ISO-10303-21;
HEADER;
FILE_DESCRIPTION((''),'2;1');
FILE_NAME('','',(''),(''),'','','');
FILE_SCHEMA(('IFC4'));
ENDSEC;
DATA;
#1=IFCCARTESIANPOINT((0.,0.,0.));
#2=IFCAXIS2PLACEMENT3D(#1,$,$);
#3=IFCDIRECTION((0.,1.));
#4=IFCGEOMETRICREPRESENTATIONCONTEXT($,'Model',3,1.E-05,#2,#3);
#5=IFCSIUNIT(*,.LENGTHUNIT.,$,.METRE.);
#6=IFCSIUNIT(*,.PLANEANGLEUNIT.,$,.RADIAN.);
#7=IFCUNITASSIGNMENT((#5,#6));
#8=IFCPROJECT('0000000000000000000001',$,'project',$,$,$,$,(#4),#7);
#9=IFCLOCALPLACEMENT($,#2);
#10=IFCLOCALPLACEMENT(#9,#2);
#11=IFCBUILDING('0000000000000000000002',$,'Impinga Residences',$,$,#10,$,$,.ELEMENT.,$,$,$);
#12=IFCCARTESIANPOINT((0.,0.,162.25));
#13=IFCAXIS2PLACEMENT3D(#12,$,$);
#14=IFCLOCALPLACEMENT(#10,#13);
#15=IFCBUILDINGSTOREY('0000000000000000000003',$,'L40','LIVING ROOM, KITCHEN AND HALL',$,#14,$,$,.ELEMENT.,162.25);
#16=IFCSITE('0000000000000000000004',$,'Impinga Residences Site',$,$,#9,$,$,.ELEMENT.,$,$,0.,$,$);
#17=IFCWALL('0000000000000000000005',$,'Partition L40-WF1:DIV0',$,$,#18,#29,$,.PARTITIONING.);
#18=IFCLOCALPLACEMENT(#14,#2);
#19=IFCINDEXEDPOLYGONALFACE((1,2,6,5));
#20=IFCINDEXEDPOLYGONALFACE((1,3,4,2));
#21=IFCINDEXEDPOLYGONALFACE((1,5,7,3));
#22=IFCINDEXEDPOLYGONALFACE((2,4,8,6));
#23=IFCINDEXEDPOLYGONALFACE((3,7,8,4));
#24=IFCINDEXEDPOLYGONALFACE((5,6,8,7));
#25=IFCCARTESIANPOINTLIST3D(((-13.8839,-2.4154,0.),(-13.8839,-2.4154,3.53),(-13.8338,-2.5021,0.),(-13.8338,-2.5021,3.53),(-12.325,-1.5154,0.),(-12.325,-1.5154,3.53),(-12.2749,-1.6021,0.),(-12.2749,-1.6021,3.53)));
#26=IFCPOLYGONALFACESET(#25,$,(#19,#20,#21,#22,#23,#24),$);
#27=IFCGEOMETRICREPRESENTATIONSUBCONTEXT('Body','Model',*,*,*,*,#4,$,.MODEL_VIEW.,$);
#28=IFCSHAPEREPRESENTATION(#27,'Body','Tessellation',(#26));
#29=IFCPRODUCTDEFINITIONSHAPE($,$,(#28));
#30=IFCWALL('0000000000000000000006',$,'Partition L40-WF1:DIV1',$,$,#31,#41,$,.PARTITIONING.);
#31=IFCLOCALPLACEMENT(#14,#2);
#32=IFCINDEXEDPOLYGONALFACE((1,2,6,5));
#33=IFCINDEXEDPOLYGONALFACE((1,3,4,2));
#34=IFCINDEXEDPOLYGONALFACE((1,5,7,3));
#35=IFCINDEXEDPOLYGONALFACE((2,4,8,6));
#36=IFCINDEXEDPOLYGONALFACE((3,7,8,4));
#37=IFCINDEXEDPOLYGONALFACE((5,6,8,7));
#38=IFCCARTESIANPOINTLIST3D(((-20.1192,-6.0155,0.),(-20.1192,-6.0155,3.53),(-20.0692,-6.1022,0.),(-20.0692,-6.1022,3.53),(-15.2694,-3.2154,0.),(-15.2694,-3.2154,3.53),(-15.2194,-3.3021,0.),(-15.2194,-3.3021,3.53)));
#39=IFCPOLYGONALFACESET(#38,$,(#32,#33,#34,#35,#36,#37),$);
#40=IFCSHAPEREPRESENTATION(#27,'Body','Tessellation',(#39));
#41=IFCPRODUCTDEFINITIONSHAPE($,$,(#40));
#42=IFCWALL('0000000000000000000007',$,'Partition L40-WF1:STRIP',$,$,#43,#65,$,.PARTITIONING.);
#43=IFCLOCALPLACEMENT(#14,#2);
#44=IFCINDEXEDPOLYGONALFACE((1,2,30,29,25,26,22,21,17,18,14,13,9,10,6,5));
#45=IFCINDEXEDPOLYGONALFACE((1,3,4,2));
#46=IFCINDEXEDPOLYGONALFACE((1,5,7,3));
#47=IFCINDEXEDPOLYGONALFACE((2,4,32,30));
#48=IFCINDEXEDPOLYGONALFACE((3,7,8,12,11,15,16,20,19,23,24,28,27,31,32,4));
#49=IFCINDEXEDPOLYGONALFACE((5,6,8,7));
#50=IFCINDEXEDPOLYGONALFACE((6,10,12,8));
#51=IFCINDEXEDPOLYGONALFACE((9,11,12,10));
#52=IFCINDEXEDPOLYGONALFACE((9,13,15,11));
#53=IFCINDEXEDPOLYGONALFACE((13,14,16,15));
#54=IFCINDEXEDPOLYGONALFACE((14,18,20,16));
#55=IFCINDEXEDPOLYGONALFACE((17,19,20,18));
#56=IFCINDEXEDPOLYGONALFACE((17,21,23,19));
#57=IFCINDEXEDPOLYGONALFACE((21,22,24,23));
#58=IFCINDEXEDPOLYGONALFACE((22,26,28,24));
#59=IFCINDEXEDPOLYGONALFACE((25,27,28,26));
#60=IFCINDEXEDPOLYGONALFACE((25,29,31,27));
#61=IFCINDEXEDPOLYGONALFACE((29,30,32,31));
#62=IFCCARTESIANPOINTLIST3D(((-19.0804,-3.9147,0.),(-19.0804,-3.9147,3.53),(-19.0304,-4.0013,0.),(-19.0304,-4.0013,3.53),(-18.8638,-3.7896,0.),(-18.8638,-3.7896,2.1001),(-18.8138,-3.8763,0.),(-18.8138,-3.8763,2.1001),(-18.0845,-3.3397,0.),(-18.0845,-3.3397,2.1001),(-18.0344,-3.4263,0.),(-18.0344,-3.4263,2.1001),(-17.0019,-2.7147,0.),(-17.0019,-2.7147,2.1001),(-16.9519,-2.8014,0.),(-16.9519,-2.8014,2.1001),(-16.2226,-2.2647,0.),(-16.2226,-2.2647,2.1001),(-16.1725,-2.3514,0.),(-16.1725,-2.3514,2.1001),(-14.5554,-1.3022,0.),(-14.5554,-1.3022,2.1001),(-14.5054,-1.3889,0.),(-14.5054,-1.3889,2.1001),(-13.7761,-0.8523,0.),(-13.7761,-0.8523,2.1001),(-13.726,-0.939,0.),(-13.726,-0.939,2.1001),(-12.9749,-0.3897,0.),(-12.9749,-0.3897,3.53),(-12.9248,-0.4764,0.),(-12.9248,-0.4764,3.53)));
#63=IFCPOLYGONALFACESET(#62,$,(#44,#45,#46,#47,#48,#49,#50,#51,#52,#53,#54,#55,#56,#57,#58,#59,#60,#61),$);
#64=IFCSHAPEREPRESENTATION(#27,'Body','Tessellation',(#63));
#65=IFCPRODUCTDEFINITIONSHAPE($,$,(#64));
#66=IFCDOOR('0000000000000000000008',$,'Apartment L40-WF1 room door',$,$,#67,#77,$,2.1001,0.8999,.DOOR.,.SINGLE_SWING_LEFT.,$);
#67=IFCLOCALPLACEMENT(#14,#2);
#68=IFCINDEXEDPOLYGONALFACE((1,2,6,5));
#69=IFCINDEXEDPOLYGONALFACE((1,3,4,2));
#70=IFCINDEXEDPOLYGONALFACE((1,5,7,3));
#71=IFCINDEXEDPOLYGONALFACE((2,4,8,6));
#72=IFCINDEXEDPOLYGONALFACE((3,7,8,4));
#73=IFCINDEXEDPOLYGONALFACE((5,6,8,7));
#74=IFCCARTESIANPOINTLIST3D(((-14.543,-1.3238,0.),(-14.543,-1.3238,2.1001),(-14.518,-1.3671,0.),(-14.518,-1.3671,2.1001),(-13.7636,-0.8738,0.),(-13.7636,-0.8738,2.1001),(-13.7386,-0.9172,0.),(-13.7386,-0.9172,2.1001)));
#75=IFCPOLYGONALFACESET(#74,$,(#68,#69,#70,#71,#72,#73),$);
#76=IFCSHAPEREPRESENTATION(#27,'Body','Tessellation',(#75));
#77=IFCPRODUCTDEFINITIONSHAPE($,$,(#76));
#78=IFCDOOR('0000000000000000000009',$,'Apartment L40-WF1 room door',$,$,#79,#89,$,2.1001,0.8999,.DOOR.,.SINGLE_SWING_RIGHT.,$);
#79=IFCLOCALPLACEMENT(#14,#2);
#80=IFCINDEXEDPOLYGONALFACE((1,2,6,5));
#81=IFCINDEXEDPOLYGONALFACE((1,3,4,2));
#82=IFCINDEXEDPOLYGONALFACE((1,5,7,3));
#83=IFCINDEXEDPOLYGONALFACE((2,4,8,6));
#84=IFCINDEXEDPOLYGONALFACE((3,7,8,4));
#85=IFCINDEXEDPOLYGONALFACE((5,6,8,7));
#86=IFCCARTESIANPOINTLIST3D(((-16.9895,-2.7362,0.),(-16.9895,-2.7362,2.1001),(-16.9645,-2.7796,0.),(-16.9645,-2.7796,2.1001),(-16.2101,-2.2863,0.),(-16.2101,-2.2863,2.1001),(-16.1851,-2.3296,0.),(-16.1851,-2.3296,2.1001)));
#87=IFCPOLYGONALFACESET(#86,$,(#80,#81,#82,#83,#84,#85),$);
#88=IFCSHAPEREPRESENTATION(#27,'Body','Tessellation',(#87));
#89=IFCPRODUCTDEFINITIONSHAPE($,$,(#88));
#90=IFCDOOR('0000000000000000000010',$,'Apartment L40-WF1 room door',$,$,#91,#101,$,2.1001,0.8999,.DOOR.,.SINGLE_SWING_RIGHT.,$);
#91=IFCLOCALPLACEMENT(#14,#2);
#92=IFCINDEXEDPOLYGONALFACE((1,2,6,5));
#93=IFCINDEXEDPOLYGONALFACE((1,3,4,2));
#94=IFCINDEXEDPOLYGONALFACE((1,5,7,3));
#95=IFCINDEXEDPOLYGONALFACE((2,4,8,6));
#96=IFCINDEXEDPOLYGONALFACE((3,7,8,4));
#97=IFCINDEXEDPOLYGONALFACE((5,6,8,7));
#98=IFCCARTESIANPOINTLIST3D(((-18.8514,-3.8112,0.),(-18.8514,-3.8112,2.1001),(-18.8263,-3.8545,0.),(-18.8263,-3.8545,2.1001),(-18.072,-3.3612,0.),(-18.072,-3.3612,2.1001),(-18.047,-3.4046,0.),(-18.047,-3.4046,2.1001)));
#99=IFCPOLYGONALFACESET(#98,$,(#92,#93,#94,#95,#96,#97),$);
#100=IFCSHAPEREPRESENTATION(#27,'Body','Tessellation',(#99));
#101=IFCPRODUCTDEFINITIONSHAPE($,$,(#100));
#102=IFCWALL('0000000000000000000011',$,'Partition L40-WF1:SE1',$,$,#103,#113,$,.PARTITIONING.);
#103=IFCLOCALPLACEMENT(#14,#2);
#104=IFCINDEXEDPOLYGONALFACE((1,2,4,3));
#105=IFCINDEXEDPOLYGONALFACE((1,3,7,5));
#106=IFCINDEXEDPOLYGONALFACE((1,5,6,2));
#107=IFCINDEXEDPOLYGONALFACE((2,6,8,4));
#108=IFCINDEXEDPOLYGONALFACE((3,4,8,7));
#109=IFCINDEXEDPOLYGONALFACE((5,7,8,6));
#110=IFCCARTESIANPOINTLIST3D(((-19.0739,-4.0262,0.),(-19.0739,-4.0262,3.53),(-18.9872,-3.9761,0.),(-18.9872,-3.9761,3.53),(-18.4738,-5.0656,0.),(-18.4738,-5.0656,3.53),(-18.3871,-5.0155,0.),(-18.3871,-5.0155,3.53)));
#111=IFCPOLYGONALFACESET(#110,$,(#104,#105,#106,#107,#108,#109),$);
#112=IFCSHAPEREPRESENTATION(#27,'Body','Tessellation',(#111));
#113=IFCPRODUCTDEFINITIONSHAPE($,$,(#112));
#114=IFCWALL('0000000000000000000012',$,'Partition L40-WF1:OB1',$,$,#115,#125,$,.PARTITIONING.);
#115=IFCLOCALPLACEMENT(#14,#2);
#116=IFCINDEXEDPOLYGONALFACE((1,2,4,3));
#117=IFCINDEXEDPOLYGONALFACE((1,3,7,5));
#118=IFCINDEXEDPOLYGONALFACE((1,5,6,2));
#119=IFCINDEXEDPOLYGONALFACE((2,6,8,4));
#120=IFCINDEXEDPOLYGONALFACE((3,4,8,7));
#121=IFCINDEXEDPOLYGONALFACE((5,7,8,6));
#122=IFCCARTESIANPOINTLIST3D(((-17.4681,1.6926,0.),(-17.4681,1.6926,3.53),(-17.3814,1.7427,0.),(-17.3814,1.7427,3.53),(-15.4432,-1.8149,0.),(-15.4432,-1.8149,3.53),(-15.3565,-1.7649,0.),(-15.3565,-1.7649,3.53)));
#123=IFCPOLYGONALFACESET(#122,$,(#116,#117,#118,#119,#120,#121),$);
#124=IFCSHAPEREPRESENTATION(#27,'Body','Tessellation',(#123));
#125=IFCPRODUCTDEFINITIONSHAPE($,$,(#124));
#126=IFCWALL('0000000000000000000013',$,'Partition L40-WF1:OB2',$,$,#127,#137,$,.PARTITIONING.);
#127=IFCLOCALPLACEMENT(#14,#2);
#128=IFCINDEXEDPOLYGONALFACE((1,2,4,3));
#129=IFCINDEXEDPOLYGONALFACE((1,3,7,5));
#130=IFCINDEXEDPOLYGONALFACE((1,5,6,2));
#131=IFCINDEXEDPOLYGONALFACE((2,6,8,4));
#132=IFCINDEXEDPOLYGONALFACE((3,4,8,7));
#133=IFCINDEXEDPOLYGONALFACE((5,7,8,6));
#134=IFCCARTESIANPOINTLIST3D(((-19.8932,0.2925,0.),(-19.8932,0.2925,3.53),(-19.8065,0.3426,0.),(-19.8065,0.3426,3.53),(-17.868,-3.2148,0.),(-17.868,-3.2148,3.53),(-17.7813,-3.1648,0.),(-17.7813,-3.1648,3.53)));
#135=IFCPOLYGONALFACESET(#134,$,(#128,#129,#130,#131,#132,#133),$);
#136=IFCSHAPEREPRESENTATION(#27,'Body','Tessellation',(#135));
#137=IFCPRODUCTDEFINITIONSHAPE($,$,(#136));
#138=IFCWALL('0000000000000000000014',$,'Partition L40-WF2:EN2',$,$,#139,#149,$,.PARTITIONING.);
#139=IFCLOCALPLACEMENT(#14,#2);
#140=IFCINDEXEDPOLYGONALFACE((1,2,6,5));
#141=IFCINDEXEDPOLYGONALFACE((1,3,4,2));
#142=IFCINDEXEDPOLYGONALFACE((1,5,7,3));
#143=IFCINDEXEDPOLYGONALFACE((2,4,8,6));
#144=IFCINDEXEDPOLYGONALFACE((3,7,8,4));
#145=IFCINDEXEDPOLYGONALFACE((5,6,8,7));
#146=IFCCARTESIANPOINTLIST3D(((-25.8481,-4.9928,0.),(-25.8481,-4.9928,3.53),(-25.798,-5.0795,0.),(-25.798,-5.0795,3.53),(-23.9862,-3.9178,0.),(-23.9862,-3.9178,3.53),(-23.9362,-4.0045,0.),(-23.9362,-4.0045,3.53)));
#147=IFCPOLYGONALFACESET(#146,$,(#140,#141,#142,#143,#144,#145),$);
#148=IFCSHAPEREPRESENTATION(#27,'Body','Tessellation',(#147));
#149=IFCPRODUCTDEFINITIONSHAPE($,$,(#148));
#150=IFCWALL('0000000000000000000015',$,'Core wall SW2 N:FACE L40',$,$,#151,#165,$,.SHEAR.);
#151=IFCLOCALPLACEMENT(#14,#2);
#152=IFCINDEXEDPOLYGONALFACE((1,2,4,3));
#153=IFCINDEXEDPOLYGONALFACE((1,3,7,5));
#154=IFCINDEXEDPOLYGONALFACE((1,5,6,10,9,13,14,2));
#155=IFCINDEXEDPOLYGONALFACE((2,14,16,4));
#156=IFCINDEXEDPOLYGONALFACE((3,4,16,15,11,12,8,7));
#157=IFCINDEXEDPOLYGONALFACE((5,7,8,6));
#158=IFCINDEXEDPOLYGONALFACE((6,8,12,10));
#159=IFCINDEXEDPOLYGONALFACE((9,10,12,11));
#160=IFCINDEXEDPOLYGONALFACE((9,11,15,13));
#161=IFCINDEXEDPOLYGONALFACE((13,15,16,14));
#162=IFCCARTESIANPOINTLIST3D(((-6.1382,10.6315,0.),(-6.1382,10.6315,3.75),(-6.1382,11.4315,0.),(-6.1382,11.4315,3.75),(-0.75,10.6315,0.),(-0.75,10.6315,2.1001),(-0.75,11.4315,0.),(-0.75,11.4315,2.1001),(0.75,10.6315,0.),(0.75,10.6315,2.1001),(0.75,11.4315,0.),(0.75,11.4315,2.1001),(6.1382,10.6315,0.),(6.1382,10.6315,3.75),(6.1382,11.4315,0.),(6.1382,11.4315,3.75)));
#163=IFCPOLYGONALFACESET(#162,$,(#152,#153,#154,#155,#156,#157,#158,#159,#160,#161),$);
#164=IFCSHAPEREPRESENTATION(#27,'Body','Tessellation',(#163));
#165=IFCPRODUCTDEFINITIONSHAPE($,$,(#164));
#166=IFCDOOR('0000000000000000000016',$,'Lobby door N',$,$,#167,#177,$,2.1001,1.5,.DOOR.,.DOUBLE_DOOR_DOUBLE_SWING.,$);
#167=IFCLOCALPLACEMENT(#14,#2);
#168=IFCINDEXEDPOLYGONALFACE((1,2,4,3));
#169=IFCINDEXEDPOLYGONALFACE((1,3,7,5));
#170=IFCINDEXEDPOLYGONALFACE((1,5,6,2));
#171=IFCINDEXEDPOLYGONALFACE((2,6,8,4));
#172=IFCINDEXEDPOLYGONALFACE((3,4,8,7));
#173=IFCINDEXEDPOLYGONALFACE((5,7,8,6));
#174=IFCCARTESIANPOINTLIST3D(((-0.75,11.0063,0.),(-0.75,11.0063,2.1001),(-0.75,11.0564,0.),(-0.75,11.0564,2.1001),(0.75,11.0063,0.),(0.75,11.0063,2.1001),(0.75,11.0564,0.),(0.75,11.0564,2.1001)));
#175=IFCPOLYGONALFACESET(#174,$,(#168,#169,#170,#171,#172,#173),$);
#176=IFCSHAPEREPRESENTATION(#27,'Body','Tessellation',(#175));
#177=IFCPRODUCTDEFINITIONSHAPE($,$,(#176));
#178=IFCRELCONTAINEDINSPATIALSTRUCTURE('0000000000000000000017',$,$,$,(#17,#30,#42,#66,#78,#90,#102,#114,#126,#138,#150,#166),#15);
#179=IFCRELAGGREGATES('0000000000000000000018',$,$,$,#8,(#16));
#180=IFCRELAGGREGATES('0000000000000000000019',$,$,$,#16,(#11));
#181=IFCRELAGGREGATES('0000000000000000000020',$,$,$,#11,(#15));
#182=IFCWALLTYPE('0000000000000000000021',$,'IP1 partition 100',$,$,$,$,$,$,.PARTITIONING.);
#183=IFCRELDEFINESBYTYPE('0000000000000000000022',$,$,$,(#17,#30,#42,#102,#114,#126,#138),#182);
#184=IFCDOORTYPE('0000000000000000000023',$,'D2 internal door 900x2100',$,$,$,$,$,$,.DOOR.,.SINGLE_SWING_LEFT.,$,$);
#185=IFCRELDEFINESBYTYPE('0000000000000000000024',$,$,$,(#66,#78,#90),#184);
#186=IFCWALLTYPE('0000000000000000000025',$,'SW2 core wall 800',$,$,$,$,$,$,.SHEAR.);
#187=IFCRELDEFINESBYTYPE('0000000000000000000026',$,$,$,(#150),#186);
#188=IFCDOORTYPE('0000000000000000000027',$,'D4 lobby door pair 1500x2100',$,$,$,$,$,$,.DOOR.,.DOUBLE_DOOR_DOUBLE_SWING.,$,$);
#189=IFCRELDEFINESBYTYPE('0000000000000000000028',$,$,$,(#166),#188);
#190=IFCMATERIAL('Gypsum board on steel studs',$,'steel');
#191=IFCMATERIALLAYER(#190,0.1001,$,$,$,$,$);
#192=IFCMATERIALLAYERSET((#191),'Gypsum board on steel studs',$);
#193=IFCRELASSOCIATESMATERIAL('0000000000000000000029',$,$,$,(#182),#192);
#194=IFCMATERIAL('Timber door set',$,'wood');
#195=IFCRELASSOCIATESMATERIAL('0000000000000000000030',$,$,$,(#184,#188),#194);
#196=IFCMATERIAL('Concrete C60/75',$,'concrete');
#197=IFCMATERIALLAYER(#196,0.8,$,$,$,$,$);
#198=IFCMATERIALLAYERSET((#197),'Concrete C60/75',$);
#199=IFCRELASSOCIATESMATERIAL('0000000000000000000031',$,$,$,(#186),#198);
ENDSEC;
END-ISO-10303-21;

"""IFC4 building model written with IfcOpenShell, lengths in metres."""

from ifc_helpers import new_model, si_unit, direction, frame, frame_2d, origin, place, context, subcontext, project, spatial, rectangle, extrude, material, layer, layer_set, type_object, element, fill, save


model = new_model("IFC4")

# Units and contexts
model_context = context("Model", 3, precision=1e-05, world=origin(), true_north=direction((0.0, 1.0)))
body_context = subcontext(model_context, "Body", "Model", "MODEL_VIEW")
ifc_project = project(units=[si_unit("LENGTHUNIT", "METRE"), si_unit("PLANEANGLEUNIT", "RADIAN")], contexts=[model_context])

# Site, building, storey
site_placement = place(None, origin())
site = spatial("IfcSite", under=ifc_project, at=site_placement, Name="Impinga Residences Site", CompositionType="ELEMENT", RefElevation=0.0)
building_placement = place(site_placement, origin())
building = spatial("IfcBuilding", under=site, at=building_placement, Name="Impinga Residences", CompositionType="ELEMENT")
storey_placement = place(building_placement, frame((0.0, 0.0, 162.25)))
storey = spatial("IfcBuildingStorey", under=building, at=storey_placement, Name="L40", Description="LIVING ROOM, KITCHEN AND HALL", CompositionType="ELEMENT", Elevation=162.25)

# Shared definitions
ifc_material_1 = material(Name="Concrete C60/75", Category="concrete")

# Shared definitions
ifc_material_2 = material(Name="Timber door set", Category="wood")

# Walls
ifc_material_3 = material(Name="Gypsum board on steel studs", Category="steel")
ifc_layer_1 = layer(ifc_material_3, 0.1001)
ifc_layer_set_1 = layer_set([ifc_layer_1], Name="Gypsum board on steel studs")
wall_type_1 = type_object("IfcWallType", Name="IP1 partition 100", PredefinedType="PARTITIONING", material=ifc_layer_set_1)
wall_1_placement = place(storey_placement, frame((-12.3, -1.5588, 0.0), z_axis=(0.0, 0.0, 1.0), x_axis=(-0.866048, -0.499961, 0.0)))
element("IfcWall", 1, at=wall_1_placement, inside=storey, type_object=wall_type_1, Name="Partition L40-WF1:DIV0", PredefinedType="PARTITIONING", context=body_context, shape_type="SweptSolid", body=[
    extrude(rectangle(XDim=1.8, YDim=0.1001, at=frame_2d((0.8999, 0.0))), origin(), (0.0, 0.0, 1.0), 3.53),
])
wall_2_placement = place(storey_placement, frame((-15.2444, -3.2588, 0.0), z_axis=(0.0, 0.0, 1.0), x_axis=(-0.866027, -0.499998, 0.0)))
element("IfcWall", 2, at=wall_2_placement, inside=storey, type_object=wall_type_1, Name="Partition L40-WF1:DIV1", PredefinedType="PARTITIONING", context=body_context, shape_type="SweptSolid", body=[
    extrude(rectangle(XDim=5.6001, YDim=0.1001, at=frame_2d((2.8, 0.0))), origin(), (0.0, 0.0, 1.0), 3.53),
])

# Wall, openings, doors
wall_3_placement = place(storey_placement, frame((-12.95, -0.4331, 0.0), z_axis=(0.0, 0.0, 1.0), x_axis=(-0.866031, -0.49999, 0.0)))
wall_3 = element("IfcWall", 3, at=wall_3_placement, inside=storey, type_object=wall_type_1, Name="Partition L40-WF1:STRIP", PredefinedType="PARTITIONING", context=body_context, shape_type="SweptSolid", body=[
    extrude(rectangle(XDim=7.05, YDim=0.1001, at=frame_2d((3.5249, 0.0))), origin(), (0.0, 0.0, 1.0), 3.53),
])
opening_1_placement = place(wall_3_placement, frame((0.925, 0.0, 0.0)))
opening_1 = element("IfcOpeningElement", 4, at=opening_1_placement, cuts=wall_3, PredefinedType="OPENING", context=body_context, shape_type="SweptSolid", body=[
    extrude(rectangle(XDim=0.8999, YDim=2.1001, at=frame_2d((0.45, 1.05))), frame((0.0, 0.0601, 0.0), z_axis=(0.0, -1.0, 0.0), x_axis=(1.0, 0.0, 0.0)), (0.0, 0.0, 1.0), 0.1201),
])
opening_2_placement = place(wall_3_placement, frame((3.75, 0.0, 0.0)))
opening_2 = element("IfcOpeningElement", 5, at=opening_2_placement, cuts=wall_3, PredefinedType="OPENING", context=body_context, shape_type="SweptSolid", body=[
    extrude(rectangle(XDim=0.8999, YDim=2.1001, at=frame_2d((0.45, 1.05))), frame((0.0, 0.0601, 0.0), z_axis=(0.0, -1.0, 0.0), x_axis=(1.0, 0.0, 0.0)), (0.0, 0.0, 1.0), 0.1201),
])
opening_3_placement = place(wall_3_placement, frame((5.8999, 0.0, 0.0)))
opening_3 = element("IfcOpeningElement", 6, at=opening_3_placement, cuts=wall_3, PredefinedType="OPENING", context=body_context, shape_type="SweptSolid", body=[
    extrude(rectangle(XDim=0.8999, YDim=2.1001, at=frame_2d((0.45, 1.05))), frame((0.0, 0.0601, 0.0), z_axis=(0.0, -1.0, 0.0), x_axis=(1.0, 0.0, 0.0)), (0.0, 0.0, 1.0), 0.1201),
])
door_type_1 = type_object("IfcDoorType", Name="D2 internal door 900x2100", OperationType="SINGLE_SWING_LEFT", PredefinedType="DOOR", material=ifc_material_2)
door_1_placement = place(opening_1_placement, origin())
door_1 = element("IfcDoor", 7, at=door_1_placement, inside=storey, type_object=door_type_1, Name="Apartment L40-WF1 room door", OperationType="SINGLE_SWING_LEFT", OverallHeight=2.1001, OverallWidth=0.8999, PredefinedType="DOOR", context=body_context, shape_type="SweptSolid", body=[
    extrude(rectangle(XDim=0.8999, YDim=2.1001, at=frame_2d((0.45, 1.05))), frame((0.0, 0.0249, 0.0), z_axis=(0.0, -1.0, 0.0), x_axis=(1.0, 0.0, 0.0)), (0.0, 0.0, 1.0), 0.05),
])
fill(opening_1, door_1)
door_2_placement = place(opening_2_placement, origin())
door_2 = element("IfcDoor", 8, at=door_2_placement, inside=storey, type_object=door_type_1, Name="Apartment L40-WF1 room door", OperationType="SINGLE_SWING_RIGHT", OverallHeight=2.1001, OverallWidth=0.8999, PredefinedType="DOOR", context=body_context, shape_type="SweptSolid", body=[
    extrude(rectangle(XDim=0.8999, YDim=2.1001, at=frame_2d((0.45, 1.05))), frame((0.0, 0.0249, 0.0), z_axis=(0.0, -1.0, 0.0), x_axis=(1.0, 0.0, 0.0)), (0.0, 0.0, 1.0), 0.05),
])
fill(opening_2, door_2)
door_3_placement = place(opening_3_placement, origin())
door_3 = element("IfcDoor", 9, at=door_3_placement, inside=storey, type_object=door_type_1, Name="Apartment L40-WF1 room door", OperationType="SINGLE_SWING_RIGHT", OverallHeight=2.1001, OverallWidth=0.8999, PredefinedType="DOOR", context=body_context, shape_type="SweptSolid", body=[
    extrude(rectangle(XDim=0.8999, YDim=2.1001, at=frame_2d((0.45, 1.05))), frame((0.0, 0.0249, 0.0), z_axis=(0.0, -1.0, 0.0), x_axis=(1.0, 0.0, 0.0)), (0.0, 0.0, 1.0), 0.05),
])
fill(opening_3, door_3)

# Walls
wall_4_placement = place(storey_placement, frame((-18.4304, -5.0405, 0.0), z_axis=(0.0, 0.0, 1.0), x_axis=(-0.500034, 0.866006, 0.0)))
element("IfcWall", 10, at=wall_4_placement, inside=storey, type_object=wall_type_1, Name="Partition L40-WF1:SE1", PredefinedType="PARTITIONING", context=body_context, shape_type="SweptSolid", body=[
    extrude(rectangle(XDim=1.2002, YDim=0.1001, at=frame_2d((0.6001, 0.0))), origin(), (0.0, 0.0, 1.0), 3.53),
])
for number, where, z_axis, x_axis, name in (
    (11, (-15.3999, -1.7898, 0.0), (0.0, 0.0, 1.0), (-0.499964, 0.866046, 0.0), "Partition L40-WF1:OB1"),
    (12, (-17.8247, -3.1897, 0.0), (0.0, 0.0, 1.0), (-0.500036, 0.866005, 0.0), "Partition L40-WF1:OB2"),
):
    element("IfcWall", number, at=place(storey_placement, frame(where, z_axis=z_axis, x_axis=x_axis)), inside=storey, type_object=wall_type_1, Name=name, PredefinedType="PARTITIONING", context=body_context, shape_type="SweptSolid", body=[
        extrude(rectangle(XDim=4.05, YDim=0.1001, at=frame_2d((2.0249, 0.0))), origin(), (0.0, 0.0, 1.0), 3.53),
    ])
wall_5_placement = place(storey_placement, frame((-23.9612, -3.9612, 0.0), z_axis=(0.0, 0.0, 1.0), x_axis=(-0.866019, -0.500011, 0.0)))
element("IfcWall", 13, at=wall_5_placement, inside=storey, type_object=wall_type_1, Name="Partition L40-WF2:EN2", PredefinedType="PARTITIONING", context=body_context, shape_type="SweptSolid", body=[
    extrude(rectangle(XDim=2.1499, YDim=0.1001, at=frame_2d((1.075, 0.0))), origin(), (0.0, 0.0, 1.0), 3.53),
])

# Wall, opening, door
ifc_layer_2 = layer(ifc_material_1, 0.8)
ifc_layer_set_2 = layer_set([ifc_layer_2], Name="Concrete C60/75")
wall_type_2 = type_object("IfcWallType", Name="SW2 core wall 800", PredefinedType="SHEAR", material=ifc_layer_set_2)
wall_6_placement = place(storey_placement, frame((-6.1382, 11.0315, 0.0), z_axis=(0.0, 0.0, 1.0), x_axis=(1.0, 0.0, 0.0)))
wall_6 = element("IfcWall", 14, at=wall_6_placement, inside=storey, type_object=wall_type_2, Name="Core wall SW2 N:FACE L40", PredefinedType="SHEAR", context=body_context, shape_type="SweptSolid", body=[
    extrude(rectangle(XDim=12.2764, YDim=0.8, at=frame_2d((6.1382, 0.0))), origin(), (0.0, 0.0, 1.0), 3.75),
])
opening_4_placement = place(wall_6_placement, frame((5.3882, 0.0, 0.0)))
opening_4 = element("IfcOpeningElement", 15, at=opening_4_placement, cuts=wall_6, PredefinedType="OPENING", context=body_context, shape_type="SweptSolid", body=[
    extrude(rectangle(XDim=1.5, YDim=2.1001, at=frame_2d((0.75, 1.05))), frame((0.0, 0.4099, 0.0), z_axis=(0.0, -1.0, 0.0), x_axis=(1.0, 0.0, 0.0)), (0.0, 0.0, 1.0), 0.8201),
])
door_type_2 = type_object("IfcDoorType", Name="D4 lobby door pair 1500x2100", OperationType="DOUBLE_DOOR_DOUBLE_SWING", PredefinedType="DOOR", material=ifc_material_2)
door_4_placement = place(opening_4_placement, origin())
door_4 = element("IfcDoor", 16, at=door_4_placement, inside=storey, type_object=door_type_2, Name="Lobby door N", OperationType="DOUBLE_DOOR_DOUBLE_SWING", OverallHeight=2.1001, OverallWidth=1.5, PredefinedType="DOOR", context=body_context, shape_type="SweptSolid", body=[
    extrude(rectangle(XDim=1.5, YDim=2.1001, at=frame_2d((0.75, 1.05))), frame((0.0, 0.0249, 0.0), z_axis=(0.0, -1.0, 0.0), x_axis=(1.0, 0.0, 0.0)), (0.0, 0.0, 1.0), 0.05),
])
fill(opening_4, door_4)

save(model, "model.ifc")
